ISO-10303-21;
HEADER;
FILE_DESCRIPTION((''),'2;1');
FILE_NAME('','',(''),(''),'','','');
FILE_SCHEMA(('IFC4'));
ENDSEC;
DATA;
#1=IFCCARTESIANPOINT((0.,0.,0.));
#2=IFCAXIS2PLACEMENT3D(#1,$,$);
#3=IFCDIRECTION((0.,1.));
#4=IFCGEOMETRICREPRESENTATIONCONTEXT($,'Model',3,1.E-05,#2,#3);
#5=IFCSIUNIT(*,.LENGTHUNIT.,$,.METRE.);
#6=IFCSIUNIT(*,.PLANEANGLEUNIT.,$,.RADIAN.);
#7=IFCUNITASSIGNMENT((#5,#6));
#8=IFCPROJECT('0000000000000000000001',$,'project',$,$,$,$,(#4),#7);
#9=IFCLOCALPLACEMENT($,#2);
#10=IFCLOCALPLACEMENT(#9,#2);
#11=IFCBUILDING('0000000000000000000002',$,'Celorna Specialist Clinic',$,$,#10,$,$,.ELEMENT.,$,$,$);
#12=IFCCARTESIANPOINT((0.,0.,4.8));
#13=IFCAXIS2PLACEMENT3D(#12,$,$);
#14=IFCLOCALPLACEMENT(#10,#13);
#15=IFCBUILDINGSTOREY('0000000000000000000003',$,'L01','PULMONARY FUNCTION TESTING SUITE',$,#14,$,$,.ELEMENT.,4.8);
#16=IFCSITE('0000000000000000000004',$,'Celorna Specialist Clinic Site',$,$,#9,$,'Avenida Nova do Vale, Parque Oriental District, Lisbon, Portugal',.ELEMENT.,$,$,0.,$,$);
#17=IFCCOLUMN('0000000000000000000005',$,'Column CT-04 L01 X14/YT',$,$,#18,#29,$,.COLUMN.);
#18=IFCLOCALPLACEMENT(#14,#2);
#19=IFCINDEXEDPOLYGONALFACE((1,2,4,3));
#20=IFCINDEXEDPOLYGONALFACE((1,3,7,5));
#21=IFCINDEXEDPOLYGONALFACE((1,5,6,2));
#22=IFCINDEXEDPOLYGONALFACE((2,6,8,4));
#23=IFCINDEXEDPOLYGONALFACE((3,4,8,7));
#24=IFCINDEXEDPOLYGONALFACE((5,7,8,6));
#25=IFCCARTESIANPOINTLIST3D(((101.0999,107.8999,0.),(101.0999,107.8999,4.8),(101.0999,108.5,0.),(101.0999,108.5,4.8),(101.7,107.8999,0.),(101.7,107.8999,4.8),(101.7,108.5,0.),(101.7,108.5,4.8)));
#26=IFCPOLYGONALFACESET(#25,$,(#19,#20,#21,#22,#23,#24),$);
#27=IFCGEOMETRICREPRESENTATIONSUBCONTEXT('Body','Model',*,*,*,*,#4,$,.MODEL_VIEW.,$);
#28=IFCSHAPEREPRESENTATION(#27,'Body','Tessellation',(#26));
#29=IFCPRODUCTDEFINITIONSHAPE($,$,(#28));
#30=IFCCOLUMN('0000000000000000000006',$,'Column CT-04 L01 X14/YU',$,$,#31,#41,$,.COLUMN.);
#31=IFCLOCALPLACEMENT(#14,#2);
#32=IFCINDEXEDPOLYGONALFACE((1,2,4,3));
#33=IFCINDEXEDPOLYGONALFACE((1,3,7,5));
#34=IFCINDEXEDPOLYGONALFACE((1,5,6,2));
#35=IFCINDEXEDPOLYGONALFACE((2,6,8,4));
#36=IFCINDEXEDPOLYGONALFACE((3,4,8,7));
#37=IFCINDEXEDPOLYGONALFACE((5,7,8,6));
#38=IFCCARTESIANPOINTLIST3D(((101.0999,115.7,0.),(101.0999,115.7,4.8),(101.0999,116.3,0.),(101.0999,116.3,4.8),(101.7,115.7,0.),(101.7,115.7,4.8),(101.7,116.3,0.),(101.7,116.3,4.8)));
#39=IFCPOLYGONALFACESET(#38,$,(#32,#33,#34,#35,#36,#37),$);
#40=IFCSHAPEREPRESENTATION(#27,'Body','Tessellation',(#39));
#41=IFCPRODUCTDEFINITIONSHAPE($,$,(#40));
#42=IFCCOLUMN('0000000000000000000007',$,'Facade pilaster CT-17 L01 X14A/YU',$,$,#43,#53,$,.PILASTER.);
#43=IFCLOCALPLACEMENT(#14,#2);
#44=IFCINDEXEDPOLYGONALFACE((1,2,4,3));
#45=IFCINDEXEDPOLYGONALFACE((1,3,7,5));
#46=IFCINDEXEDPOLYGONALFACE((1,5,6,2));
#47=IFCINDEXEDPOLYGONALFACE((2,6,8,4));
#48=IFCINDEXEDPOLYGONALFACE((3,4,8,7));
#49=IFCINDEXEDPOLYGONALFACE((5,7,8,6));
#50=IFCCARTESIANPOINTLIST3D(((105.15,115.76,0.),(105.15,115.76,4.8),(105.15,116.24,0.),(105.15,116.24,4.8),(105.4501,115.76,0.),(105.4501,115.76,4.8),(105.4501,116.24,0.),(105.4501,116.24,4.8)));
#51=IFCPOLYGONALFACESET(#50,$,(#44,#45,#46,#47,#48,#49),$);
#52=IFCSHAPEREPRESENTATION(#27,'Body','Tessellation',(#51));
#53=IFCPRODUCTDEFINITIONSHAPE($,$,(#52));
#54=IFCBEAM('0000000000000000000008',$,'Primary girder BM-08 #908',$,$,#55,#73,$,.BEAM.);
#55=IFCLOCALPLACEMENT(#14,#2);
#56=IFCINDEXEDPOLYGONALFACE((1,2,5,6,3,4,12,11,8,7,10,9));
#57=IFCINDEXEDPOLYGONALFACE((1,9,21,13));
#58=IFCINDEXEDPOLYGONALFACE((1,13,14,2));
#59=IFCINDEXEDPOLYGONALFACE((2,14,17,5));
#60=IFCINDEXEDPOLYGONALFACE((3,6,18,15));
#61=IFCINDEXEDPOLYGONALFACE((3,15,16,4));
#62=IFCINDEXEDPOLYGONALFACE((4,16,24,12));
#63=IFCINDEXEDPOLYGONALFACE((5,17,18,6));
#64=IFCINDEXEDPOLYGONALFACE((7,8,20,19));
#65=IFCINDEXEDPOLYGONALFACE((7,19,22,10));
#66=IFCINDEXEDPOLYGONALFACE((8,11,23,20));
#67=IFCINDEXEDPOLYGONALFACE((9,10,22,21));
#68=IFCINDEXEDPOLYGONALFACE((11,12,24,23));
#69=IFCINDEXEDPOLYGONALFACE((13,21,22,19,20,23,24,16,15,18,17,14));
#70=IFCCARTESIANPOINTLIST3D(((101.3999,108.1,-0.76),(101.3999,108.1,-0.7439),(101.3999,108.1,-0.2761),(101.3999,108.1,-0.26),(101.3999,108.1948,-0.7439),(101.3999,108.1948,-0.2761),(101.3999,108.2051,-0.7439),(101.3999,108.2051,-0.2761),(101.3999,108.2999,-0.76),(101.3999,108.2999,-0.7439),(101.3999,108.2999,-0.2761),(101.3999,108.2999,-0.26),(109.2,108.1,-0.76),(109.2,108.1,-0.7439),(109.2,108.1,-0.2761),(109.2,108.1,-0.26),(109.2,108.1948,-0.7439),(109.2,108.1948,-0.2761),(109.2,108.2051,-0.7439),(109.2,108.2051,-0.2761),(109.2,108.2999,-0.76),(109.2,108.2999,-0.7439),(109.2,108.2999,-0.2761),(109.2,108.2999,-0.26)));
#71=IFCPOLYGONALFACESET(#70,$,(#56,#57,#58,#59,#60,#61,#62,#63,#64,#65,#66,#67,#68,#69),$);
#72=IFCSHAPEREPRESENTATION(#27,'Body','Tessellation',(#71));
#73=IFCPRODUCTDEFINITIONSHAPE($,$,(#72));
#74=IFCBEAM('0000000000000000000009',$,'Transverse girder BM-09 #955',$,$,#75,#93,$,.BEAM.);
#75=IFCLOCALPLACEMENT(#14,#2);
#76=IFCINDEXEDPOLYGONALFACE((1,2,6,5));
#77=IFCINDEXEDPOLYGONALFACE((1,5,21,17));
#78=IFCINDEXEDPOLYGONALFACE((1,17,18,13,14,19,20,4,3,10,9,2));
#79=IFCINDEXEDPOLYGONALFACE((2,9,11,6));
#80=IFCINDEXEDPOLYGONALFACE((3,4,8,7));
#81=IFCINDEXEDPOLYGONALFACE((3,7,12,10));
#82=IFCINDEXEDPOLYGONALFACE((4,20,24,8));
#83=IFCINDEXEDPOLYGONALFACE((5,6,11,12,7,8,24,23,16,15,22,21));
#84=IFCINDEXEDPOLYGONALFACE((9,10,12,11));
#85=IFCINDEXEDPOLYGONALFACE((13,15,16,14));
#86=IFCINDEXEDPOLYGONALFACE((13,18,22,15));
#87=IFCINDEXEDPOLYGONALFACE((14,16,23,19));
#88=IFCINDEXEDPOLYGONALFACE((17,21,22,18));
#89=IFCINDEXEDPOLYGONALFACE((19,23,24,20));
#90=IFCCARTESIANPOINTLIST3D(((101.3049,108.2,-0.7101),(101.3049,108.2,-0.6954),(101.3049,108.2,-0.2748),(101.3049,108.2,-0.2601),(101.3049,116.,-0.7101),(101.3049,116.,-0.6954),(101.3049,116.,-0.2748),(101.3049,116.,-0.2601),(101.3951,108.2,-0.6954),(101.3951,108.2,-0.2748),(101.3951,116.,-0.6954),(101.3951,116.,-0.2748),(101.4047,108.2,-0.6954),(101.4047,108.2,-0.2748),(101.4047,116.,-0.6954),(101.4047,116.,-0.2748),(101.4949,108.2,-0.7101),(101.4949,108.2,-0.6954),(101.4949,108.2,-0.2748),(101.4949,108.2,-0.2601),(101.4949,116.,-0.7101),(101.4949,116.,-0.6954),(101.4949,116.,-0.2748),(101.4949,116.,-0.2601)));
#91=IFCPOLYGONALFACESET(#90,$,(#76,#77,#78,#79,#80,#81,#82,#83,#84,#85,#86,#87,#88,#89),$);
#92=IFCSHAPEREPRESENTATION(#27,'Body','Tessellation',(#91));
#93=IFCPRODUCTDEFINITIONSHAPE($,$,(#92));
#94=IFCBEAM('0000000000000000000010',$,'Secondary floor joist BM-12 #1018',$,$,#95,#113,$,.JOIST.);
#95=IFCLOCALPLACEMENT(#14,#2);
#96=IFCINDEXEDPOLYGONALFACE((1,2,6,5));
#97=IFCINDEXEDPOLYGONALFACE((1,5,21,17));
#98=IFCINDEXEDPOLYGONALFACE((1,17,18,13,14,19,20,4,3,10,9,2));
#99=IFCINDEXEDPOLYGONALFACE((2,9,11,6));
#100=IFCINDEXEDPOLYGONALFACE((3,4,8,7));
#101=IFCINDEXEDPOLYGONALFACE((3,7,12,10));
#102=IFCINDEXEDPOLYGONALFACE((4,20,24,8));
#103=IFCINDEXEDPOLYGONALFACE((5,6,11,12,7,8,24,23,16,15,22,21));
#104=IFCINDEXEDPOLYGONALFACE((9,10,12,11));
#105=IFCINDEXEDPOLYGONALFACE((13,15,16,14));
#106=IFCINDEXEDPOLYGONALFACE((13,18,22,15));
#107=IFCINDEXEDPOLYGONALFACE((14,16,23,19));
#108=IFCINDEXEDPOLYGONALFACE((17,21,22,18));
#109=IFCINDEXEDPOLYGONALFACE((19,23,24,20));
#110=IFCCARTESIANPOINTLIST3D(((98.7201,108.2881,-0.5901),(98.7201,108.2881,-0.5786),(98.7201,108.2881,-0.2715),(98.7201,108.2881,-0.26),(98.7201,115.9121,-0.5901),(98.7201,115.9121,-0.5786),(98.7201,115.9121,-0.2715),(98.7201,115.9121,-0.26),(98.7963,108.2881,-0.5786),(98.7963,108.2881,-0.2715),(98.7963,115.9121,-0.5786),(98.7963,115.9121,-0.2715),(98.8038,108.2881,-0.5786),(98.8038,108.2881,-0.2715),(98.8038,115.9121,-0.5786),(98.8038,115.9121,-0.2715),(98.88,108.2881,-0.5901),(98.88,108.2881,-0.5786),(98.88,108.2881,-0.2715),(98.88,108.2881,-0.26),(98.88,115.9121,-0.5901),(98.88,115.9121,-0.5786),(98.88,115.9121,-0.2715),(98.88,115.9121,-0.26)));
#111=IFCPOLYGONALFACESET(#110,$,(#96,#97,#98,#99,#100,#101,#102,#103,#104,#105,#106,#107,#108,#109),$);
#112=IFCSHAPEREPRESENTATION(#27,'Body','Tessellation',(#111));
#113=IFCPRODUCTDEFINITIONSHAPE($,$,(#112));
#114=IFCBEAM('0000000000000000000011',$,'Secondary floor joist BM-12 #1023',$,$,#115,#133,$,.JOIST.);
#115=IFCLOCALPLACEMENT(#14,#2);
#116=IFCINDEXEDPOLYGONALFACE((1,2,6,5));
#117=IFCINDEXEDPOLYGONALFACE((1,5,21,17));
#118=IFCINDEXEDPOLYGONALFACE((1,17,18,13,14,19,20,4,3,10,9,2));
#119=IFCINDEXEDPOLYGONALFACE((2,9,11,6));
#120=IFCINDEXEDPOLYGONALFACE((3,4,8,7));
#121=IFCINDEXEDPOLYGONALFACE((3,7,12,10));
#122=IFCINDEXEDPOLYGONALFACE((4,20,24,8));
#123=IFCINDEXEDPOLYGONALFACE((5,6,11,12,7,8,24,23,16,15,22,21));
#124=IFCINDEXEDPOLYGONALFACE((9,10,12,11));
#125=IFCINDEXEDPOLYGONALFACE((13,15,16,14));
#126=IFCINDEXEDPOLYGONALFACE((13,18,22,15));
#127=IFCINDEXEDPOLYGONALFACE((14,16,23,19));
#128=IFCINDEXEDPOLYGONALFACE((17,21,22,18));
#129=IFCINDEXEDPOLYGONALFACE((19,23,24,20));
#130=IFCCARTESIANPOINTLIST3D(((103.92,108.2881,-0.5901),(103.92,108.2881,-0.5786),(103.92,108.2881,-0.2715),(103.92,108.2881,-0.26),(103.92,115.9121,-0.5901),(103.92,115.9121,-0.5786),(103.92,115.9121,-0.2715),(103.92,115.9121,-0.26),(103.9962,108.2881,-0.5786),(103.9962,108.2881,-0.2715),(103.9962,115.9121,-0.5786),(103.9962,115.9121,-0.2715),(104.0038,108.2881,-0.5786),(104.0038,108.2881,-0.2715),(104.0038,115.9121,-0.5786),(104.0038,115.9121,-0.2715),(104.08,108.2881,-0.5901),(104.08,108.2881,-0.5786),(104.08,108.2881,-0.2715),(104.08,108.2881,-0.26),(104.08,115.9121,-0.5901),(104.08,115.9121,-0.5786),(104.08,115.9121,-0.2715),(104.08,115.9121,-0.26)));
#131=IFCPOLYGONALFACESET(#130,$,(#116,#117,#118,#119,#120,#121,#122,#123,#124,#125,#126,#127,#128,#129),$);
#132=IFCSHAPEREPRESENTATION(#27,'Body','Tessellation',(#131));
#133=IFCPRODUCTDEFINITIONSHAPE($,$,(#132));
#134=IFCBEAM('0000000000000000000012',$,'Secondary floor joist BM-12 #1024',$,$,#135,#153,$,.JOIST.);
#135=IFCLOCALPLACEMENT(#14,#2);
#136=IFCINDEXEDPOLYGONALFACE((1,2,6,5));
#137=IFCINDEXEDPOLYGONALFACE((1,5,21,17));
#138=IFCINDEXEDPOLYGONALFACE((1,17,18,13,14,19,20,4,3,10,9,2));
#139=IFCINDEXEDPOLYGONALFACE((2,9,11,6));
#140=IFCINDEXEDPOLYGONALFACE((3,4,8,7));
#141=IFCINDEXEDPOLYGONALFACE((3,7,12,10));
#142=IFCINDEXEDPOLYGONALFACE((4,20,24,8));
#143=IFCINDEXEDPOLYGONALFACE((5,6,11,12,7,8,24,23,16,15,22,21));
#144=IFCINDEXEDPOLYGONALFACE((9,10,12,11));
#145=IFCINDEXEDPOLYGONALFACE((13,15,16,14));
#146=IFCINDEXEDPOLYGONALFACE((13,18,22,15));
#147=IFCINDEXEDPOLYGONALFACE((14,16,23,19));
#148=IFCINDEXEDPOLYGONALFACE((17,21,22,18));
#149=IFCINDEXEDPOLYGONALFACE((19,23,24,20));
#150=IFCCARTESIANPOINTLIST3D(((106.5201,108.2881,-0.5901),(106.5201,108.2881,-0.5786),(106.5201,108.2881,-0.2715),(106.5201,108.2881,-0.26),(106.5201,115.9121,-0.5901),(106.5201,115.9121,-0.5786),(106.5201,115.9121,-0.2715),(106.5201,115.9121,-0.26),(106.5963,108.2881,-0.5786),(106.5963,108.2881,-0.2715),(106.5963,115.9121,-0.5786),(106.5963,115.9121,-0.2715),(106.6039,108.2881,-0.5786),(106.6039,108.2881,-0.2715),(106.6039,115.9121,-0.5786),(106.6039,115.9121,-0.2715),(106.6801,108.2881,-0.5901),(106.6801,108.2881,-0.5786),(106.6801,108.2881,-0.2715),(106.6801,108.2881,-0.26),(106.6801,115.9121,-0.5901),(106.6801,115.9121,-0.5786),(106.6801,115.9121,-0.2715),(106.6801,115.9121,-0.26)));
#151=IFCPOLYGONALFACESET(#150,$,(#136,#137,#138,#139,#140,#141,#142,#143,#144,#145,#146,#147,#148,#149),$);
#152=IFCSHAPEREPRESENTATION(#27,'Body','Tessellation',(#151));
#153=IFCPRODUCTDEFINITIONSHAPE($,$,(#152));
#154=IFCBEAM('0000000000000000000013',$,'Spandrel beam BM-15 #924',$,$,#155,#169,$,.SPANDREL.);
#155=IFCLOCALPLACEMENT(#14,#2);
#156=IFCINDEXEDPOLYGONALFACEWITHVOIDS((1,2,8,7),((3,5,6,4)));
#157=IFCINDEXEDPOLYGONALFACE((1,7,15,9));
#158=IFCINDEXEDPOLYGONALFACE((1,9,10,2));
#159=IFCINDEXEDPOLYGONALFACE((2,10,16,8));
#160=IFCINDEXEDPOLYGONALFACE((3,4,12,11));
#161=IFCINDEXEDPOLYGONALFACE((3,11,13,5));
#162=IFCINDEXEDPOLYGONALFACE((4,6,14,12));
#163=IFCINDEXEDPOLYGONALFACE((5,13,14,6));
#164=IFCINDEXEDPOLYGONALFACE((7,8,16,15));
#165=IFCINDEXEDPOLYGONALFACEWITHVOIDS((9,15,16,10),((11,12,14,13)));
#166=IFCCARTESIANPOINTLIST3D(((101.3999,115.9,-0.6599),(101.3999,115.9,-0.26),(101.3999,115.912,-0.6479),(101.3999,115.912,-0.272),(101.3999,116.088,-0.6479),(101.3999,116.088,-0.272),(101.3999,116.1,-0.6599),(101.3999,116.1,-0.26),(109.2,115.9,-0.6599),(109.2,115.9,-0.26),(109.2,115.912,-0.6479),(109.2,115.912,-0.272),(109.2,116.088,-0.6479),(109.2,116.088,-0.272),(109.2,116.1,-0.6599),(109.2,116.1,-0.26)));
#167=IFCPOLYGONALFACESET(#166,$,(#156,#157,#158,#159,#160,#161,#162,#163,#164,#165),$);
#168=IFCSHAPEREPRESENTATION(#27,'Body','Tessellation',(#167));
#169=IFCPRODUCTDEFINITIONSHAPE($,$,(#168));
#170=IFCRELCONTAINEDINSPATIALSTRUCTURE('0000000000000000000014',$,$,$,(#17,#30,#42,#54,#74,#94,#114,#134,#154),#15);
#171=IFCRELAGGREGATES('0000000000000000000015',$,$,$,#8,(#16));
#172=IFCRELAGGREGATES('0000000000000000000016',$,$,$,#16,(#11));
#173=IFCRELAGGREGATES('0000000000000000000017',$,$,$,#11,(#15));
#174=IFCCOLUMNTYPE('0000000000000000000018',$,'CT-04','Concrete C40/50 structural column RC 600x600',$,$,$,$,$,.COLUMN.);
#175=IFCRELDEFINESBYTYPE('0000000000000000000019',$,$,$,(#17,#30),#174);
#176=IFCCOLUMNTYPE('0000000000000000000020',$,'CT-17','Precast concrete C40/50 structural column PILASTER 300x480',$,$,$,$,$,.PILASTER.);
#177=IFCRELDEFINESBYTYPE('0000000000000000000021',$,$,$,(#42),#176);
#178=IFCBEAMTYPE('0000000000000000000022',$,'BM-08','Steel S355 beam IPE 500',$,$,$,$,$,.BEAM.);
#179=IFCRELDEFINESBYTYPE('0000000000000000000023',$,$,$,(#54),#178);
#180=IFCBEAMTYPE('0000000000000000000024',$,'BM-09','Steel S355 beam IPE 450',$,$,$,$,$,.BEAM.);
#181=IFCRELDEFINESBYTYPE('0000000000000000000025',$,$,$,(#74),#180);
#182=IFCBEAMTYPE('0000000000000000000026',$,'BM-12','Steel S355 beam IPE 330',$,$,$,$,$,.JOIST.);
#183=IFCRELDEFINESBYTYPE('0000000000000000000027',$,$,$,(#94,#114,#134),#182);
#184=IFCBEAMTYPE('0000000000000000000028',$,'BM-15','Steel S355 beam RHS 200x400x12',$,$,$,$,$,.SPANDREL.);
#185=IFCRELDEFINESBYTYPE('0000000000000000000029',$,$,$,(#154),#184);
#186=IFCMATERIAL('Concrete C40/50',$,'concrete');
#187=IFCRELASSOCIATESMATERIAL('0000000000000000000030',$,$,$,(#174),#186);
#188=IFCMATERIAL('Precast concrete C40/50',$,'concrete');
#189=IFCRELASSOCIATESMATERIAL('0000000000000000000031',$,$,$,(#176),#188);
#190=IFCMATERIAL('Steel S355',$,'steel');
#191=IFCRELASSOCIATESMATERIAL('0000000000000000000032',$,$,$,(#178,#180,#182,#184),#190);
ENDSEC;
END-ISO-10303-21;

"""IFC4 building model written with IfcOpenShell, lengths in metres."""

from ifc_helpers import new_model, si_unit, direction, frame, origin, origin_2d, place, context, subcontext, project, spatial, rectangle, hollow_rectangle, i_section, extrude, material, material_profile, profile_set, type_object, element, save


model = new_model("IFC4")

# Units and contexts
model_context = context("Model", 3, precision=1e-05, world=origin(), true_north=direction((0.0, 1.0)))
body_context = subcontext(model_context, "Body", "Model", "MODEL_VIEW")
ifc_project = project(units=[si_unit("LENGTHUNIT", "METRE"), si_unit("PLANEANGLEUNIT", "RADIAN")], contexts=[model_context])

# Site, building, storey
site_placement = place(None, origin())
site = spatial("IfcSite", under=ifc_project, at=site_placement, Name="Celorna Specialist Clinic Site", LongName="Avenida Nova do Vale, Parque Oriental District, Lisbon, Portugal", CompositionType="ELEMENT", RefElevation=0.0)
building_placement = place(site_placement, origin())
building = spatial("IfcBuilding", under=site, at=building_placement, Name="Celorna Specialist Clinic", CompositionType="ELEMENT")
storey_placement = place(building_placement, frame((0.0, 0.0, 4.8)))
storey = spatial("IfcBuildingStorey", under=building, at=storey_placement, Name="L01", Description="PULMONARY FUNCTION TESTING SUITE", CompositionType="ELEMENT", Elevation=4.8)

# Columns
ifc_material_1 = material(Name="Concrete C40/50", Category="concrete")
ifc_material_profile_1 = material_profile(ifc_material_1, rectangle(XDim=0.6001, YDim=0.6001, at=origin_2d()), Name="RC 600x600")
ifc_profile_set_1 = profile_set([ifc_material_profile_1], Name="Concrete C40/50")
column_type_1 = type_object("IfcColumnType", Name="CT-04", Description="Concrete C40/50 structural column RC 600x600", PredefinedType="COLUMN", material=ifc_profile_set_1)
for number, where, z_axis, x_axis, name in (
    (1, (101.3999, 108.2, 0.0), (0.0, 0.0, 1.0), (1.0, 0.0, 0.0), "Column CT-04 L01 X14/YT"),
    (2, (101.3999, 116.0, 0.0), (0.0, 0.0, 1.0), (1.0, 0.0, 0.0), "Column CT-04 L01 X14/YU"),
):
    element("IfcColumn", number, at=place(storey_placement, frame(where, z_axis=z_axis, x_axis=x_axis)), inside=storey, type_object=column_type_1, Name=name, PredefinedType="COLUMN", context=body_context, shape_type="SweptSolid", body=[
        extrude(rectangle(XDim=0.6001, YDim=0.6001, at=origin_2d()), origin(), (0.0, 0.0, 1.0), 4.8),
    ])
ifc_material_2 = material(Name="Precast concrete C40/50", Category="concrete")
ifc_material_profile_2 = material_profile(ifc_material_2, rectangle(XDim=0.3, YDim=0.48, at=origin_2d()), Name="PILASTER 300x480")
ifc_profile_set_2 = profile_set([ifc_material_profile_2], Name="Precast concrete C40/50")
column_type_2 = type_object("IfcColumnType", Name="CT-17", Description="Precast concrete C40/50 structural column PILASTER 300x480", PredefinedType="PILASTER", material=ifc_profile_set_2)
column_placement = place(storey_placement, frame((105.3, 116.0, 0.0), z_axis=(0.0, 0.0, 1.0), x_axis=(1.0, 0.0, 0.0)))
element("IfcColumn", 3, at=column_placement, inside=storey, type_object=column_type_2, Name="Facade pilaster CT-17 L01 X14A/YU", PredefinedType="PILASTER", context=body_context, shape_type="SweptSolid", body=[
    extrude(rectangle(XDim=0.3, YDim=0.48, at=origin_2d()), origin(), (0.0, 0.0, 1.0), 4.8),
])

# Beams
ifc_material_3 = material(Name="Steel S355", Category="steel")
ifc_material_profile_3 = material_profile(ifc_material_3, i_section(OverallWidth=0.2, OverallDepth=0.5, WebThickness=0.0103, FlangeThickness=0.0161, at=origin_2d()), Name="IPE 500")
ifc_profile_set_3 = profile_set([ifc_material_profile_3], Name="Steel S355")
beam_type_1 = type_object("IfcBeamType", Name="BM-08", Description="Steel S355 beam IPE 500", PredefinedType="BEAM", material=ifc_profile_set_3)
beam_1_placement = place(storey_placement, frame((101.3999, 108.2, -0.51), z_axis=(1.0, 0.0, 0.0), x_axis=(0.0, 1.0, 0.0)))
element("IfcBeam", 4, at=beam_1_placement, inside=storey, type_object=beam_type_1, Name="Primary girder BM-08 #908", PredefinedType="BEAM", context=body_context, shape_type="SweptSolid", body=[
    extrude(i_section(OverallWidth=0.2, OverallDepth=0.5, WebThickness=0.0103, FlangeThickness=0.0161, at=origin_2d()), origin(), (0.0, 0.0, 1.0), 7.8),
])
ifc_material_profile_4 = material_profile(ifc_material_3, i_section(OverallWidth=0.1899, OverallDepth=0.45, WebThickness=0.0095, FlangeThickness=0.0146, at=origin_2d()), Name="IPE 450")
ifc_profile_set_4 = profile_set([ifc_material_profile_4], Name="Steel S355")
beam_type_2 = type_object("IfcBeamType", Name="BM-09", Description="Steel S355 beam IPE 450", PredefinedType="BEAM", material=ifc_profile_set_4)
beam_2_placement = place(storey_placement, frame((101.3999, 108.2, -0.4851), z_axis=(0.0, 1.0, 0.0), x_axis=(-1.0, 0.0, 0.0)))
element("IfcBeam", 5, at=beam_2_placement, inside=storey, type_object=beam_type_2, Name="Transverse girder BM-09 #955", PredefinedType="BEAM", context=body_context, shape_type="SweptSolid", body=[
    extrude(i_section(OverallWidth=0.1899, OverallDepth=0.45, WebThickness=0.0095, FlangeThickness=0.0146, at=origin_2d()), origin(), (0.0, 0.0, 1.0), 7.8),
])
ifc_material_profile_5 = material_profile(ifc_material_3, i_section(OverallWidth=0.1599, OverallDepth=0.3301, WebThickness=0.0076, FlangeThickness=0.0115, at=origin_2d()), Name="IPE 330")
ifc_profile_set_5 = profile_set([ifc_material_profile_5], Name="Steel S355")
beam_type_3 = type_object("IfcBeamType", Name="BM-12", Description="Steel S355 beam IPE 330", PredefinedType="JOIST", material=ifc_profile_set_5)
for number, where, z_axis, x_axis, name in (
    (6, (98.8, 108.2881, -0.425), (0.0, 1.0, 0.0), (-1.0, 0.0, 0.0), "Secondary floor joist BM-12 #1018"),
    (7, (104.0, 108.2881, -0.425), (0.0, 1.0, 0.0), (-1.0, 0.0, 0.0), "Secondary floor joist BM-12 #1023"),
    (8, (106.6001, 108.2881, -0.425), (0.0, 1.0, 0.0), (-1.0, 0.0, 0.0), "Secondary floor joist BM-12 #1024"),
):
    element("IfcBeam", number, at=place(storey_placement, frame(where, z_axis=z_axis, x_axis=x_axis)), inside=storey, type_object=beam_type_3, Name=name, PredefinedType="JOIST", context=body_context, shape_type="SweptSolid", body=[
        extrude(i_section(OverallWidth=0.1599, OverallDepth=0.3301, WebThickness=0.0076, FlangeThickness=0.0115, at=origin_2d()), origin(), (0.0, 0.0, 1.0), 7.624),
    ])
ifc_material_profile_6 = material_profile(ifc_material_3, hollow_rectangle(XDim=0.2, YDim=0.3999, WallThickness=0.012, at=origin_2d()), Name="RHS 200x400x12")
ifc_profile_set_6 = profile_set([ifc_material_profile_6], Name="Steel S355")
beam_type_4 = type_object("IfcBeamType", Name="BM-15", Description="Steel S355 beam RHS 200x400x12", PredefinedType="SPANDREL", material=ifc_profile_set_6)
beam_3_placement = place(storey_placement, frame((101.3999, 116.0, -0.46), z_axis=(1.0, 0.0, 0.0), x_axis=(0.0, 1.0, 0.0)))
element("IfcBeam", 9, at=beam_3_placement, inside=storey, type_object=beam_type_4, Name="Spandrel beam BM-15 #924", PredefinedType="SPANDREL", context=body_context, shape_type="SweptSolid", body=[
    extrude(hollow_rectangle(XDim=0.2, YDim=0.3999, WallThickness=0.012, at=origin_2d()), origin(), (0.0, 0.0, 1.0), 7.8),
])

save(model, "model.ifc")
